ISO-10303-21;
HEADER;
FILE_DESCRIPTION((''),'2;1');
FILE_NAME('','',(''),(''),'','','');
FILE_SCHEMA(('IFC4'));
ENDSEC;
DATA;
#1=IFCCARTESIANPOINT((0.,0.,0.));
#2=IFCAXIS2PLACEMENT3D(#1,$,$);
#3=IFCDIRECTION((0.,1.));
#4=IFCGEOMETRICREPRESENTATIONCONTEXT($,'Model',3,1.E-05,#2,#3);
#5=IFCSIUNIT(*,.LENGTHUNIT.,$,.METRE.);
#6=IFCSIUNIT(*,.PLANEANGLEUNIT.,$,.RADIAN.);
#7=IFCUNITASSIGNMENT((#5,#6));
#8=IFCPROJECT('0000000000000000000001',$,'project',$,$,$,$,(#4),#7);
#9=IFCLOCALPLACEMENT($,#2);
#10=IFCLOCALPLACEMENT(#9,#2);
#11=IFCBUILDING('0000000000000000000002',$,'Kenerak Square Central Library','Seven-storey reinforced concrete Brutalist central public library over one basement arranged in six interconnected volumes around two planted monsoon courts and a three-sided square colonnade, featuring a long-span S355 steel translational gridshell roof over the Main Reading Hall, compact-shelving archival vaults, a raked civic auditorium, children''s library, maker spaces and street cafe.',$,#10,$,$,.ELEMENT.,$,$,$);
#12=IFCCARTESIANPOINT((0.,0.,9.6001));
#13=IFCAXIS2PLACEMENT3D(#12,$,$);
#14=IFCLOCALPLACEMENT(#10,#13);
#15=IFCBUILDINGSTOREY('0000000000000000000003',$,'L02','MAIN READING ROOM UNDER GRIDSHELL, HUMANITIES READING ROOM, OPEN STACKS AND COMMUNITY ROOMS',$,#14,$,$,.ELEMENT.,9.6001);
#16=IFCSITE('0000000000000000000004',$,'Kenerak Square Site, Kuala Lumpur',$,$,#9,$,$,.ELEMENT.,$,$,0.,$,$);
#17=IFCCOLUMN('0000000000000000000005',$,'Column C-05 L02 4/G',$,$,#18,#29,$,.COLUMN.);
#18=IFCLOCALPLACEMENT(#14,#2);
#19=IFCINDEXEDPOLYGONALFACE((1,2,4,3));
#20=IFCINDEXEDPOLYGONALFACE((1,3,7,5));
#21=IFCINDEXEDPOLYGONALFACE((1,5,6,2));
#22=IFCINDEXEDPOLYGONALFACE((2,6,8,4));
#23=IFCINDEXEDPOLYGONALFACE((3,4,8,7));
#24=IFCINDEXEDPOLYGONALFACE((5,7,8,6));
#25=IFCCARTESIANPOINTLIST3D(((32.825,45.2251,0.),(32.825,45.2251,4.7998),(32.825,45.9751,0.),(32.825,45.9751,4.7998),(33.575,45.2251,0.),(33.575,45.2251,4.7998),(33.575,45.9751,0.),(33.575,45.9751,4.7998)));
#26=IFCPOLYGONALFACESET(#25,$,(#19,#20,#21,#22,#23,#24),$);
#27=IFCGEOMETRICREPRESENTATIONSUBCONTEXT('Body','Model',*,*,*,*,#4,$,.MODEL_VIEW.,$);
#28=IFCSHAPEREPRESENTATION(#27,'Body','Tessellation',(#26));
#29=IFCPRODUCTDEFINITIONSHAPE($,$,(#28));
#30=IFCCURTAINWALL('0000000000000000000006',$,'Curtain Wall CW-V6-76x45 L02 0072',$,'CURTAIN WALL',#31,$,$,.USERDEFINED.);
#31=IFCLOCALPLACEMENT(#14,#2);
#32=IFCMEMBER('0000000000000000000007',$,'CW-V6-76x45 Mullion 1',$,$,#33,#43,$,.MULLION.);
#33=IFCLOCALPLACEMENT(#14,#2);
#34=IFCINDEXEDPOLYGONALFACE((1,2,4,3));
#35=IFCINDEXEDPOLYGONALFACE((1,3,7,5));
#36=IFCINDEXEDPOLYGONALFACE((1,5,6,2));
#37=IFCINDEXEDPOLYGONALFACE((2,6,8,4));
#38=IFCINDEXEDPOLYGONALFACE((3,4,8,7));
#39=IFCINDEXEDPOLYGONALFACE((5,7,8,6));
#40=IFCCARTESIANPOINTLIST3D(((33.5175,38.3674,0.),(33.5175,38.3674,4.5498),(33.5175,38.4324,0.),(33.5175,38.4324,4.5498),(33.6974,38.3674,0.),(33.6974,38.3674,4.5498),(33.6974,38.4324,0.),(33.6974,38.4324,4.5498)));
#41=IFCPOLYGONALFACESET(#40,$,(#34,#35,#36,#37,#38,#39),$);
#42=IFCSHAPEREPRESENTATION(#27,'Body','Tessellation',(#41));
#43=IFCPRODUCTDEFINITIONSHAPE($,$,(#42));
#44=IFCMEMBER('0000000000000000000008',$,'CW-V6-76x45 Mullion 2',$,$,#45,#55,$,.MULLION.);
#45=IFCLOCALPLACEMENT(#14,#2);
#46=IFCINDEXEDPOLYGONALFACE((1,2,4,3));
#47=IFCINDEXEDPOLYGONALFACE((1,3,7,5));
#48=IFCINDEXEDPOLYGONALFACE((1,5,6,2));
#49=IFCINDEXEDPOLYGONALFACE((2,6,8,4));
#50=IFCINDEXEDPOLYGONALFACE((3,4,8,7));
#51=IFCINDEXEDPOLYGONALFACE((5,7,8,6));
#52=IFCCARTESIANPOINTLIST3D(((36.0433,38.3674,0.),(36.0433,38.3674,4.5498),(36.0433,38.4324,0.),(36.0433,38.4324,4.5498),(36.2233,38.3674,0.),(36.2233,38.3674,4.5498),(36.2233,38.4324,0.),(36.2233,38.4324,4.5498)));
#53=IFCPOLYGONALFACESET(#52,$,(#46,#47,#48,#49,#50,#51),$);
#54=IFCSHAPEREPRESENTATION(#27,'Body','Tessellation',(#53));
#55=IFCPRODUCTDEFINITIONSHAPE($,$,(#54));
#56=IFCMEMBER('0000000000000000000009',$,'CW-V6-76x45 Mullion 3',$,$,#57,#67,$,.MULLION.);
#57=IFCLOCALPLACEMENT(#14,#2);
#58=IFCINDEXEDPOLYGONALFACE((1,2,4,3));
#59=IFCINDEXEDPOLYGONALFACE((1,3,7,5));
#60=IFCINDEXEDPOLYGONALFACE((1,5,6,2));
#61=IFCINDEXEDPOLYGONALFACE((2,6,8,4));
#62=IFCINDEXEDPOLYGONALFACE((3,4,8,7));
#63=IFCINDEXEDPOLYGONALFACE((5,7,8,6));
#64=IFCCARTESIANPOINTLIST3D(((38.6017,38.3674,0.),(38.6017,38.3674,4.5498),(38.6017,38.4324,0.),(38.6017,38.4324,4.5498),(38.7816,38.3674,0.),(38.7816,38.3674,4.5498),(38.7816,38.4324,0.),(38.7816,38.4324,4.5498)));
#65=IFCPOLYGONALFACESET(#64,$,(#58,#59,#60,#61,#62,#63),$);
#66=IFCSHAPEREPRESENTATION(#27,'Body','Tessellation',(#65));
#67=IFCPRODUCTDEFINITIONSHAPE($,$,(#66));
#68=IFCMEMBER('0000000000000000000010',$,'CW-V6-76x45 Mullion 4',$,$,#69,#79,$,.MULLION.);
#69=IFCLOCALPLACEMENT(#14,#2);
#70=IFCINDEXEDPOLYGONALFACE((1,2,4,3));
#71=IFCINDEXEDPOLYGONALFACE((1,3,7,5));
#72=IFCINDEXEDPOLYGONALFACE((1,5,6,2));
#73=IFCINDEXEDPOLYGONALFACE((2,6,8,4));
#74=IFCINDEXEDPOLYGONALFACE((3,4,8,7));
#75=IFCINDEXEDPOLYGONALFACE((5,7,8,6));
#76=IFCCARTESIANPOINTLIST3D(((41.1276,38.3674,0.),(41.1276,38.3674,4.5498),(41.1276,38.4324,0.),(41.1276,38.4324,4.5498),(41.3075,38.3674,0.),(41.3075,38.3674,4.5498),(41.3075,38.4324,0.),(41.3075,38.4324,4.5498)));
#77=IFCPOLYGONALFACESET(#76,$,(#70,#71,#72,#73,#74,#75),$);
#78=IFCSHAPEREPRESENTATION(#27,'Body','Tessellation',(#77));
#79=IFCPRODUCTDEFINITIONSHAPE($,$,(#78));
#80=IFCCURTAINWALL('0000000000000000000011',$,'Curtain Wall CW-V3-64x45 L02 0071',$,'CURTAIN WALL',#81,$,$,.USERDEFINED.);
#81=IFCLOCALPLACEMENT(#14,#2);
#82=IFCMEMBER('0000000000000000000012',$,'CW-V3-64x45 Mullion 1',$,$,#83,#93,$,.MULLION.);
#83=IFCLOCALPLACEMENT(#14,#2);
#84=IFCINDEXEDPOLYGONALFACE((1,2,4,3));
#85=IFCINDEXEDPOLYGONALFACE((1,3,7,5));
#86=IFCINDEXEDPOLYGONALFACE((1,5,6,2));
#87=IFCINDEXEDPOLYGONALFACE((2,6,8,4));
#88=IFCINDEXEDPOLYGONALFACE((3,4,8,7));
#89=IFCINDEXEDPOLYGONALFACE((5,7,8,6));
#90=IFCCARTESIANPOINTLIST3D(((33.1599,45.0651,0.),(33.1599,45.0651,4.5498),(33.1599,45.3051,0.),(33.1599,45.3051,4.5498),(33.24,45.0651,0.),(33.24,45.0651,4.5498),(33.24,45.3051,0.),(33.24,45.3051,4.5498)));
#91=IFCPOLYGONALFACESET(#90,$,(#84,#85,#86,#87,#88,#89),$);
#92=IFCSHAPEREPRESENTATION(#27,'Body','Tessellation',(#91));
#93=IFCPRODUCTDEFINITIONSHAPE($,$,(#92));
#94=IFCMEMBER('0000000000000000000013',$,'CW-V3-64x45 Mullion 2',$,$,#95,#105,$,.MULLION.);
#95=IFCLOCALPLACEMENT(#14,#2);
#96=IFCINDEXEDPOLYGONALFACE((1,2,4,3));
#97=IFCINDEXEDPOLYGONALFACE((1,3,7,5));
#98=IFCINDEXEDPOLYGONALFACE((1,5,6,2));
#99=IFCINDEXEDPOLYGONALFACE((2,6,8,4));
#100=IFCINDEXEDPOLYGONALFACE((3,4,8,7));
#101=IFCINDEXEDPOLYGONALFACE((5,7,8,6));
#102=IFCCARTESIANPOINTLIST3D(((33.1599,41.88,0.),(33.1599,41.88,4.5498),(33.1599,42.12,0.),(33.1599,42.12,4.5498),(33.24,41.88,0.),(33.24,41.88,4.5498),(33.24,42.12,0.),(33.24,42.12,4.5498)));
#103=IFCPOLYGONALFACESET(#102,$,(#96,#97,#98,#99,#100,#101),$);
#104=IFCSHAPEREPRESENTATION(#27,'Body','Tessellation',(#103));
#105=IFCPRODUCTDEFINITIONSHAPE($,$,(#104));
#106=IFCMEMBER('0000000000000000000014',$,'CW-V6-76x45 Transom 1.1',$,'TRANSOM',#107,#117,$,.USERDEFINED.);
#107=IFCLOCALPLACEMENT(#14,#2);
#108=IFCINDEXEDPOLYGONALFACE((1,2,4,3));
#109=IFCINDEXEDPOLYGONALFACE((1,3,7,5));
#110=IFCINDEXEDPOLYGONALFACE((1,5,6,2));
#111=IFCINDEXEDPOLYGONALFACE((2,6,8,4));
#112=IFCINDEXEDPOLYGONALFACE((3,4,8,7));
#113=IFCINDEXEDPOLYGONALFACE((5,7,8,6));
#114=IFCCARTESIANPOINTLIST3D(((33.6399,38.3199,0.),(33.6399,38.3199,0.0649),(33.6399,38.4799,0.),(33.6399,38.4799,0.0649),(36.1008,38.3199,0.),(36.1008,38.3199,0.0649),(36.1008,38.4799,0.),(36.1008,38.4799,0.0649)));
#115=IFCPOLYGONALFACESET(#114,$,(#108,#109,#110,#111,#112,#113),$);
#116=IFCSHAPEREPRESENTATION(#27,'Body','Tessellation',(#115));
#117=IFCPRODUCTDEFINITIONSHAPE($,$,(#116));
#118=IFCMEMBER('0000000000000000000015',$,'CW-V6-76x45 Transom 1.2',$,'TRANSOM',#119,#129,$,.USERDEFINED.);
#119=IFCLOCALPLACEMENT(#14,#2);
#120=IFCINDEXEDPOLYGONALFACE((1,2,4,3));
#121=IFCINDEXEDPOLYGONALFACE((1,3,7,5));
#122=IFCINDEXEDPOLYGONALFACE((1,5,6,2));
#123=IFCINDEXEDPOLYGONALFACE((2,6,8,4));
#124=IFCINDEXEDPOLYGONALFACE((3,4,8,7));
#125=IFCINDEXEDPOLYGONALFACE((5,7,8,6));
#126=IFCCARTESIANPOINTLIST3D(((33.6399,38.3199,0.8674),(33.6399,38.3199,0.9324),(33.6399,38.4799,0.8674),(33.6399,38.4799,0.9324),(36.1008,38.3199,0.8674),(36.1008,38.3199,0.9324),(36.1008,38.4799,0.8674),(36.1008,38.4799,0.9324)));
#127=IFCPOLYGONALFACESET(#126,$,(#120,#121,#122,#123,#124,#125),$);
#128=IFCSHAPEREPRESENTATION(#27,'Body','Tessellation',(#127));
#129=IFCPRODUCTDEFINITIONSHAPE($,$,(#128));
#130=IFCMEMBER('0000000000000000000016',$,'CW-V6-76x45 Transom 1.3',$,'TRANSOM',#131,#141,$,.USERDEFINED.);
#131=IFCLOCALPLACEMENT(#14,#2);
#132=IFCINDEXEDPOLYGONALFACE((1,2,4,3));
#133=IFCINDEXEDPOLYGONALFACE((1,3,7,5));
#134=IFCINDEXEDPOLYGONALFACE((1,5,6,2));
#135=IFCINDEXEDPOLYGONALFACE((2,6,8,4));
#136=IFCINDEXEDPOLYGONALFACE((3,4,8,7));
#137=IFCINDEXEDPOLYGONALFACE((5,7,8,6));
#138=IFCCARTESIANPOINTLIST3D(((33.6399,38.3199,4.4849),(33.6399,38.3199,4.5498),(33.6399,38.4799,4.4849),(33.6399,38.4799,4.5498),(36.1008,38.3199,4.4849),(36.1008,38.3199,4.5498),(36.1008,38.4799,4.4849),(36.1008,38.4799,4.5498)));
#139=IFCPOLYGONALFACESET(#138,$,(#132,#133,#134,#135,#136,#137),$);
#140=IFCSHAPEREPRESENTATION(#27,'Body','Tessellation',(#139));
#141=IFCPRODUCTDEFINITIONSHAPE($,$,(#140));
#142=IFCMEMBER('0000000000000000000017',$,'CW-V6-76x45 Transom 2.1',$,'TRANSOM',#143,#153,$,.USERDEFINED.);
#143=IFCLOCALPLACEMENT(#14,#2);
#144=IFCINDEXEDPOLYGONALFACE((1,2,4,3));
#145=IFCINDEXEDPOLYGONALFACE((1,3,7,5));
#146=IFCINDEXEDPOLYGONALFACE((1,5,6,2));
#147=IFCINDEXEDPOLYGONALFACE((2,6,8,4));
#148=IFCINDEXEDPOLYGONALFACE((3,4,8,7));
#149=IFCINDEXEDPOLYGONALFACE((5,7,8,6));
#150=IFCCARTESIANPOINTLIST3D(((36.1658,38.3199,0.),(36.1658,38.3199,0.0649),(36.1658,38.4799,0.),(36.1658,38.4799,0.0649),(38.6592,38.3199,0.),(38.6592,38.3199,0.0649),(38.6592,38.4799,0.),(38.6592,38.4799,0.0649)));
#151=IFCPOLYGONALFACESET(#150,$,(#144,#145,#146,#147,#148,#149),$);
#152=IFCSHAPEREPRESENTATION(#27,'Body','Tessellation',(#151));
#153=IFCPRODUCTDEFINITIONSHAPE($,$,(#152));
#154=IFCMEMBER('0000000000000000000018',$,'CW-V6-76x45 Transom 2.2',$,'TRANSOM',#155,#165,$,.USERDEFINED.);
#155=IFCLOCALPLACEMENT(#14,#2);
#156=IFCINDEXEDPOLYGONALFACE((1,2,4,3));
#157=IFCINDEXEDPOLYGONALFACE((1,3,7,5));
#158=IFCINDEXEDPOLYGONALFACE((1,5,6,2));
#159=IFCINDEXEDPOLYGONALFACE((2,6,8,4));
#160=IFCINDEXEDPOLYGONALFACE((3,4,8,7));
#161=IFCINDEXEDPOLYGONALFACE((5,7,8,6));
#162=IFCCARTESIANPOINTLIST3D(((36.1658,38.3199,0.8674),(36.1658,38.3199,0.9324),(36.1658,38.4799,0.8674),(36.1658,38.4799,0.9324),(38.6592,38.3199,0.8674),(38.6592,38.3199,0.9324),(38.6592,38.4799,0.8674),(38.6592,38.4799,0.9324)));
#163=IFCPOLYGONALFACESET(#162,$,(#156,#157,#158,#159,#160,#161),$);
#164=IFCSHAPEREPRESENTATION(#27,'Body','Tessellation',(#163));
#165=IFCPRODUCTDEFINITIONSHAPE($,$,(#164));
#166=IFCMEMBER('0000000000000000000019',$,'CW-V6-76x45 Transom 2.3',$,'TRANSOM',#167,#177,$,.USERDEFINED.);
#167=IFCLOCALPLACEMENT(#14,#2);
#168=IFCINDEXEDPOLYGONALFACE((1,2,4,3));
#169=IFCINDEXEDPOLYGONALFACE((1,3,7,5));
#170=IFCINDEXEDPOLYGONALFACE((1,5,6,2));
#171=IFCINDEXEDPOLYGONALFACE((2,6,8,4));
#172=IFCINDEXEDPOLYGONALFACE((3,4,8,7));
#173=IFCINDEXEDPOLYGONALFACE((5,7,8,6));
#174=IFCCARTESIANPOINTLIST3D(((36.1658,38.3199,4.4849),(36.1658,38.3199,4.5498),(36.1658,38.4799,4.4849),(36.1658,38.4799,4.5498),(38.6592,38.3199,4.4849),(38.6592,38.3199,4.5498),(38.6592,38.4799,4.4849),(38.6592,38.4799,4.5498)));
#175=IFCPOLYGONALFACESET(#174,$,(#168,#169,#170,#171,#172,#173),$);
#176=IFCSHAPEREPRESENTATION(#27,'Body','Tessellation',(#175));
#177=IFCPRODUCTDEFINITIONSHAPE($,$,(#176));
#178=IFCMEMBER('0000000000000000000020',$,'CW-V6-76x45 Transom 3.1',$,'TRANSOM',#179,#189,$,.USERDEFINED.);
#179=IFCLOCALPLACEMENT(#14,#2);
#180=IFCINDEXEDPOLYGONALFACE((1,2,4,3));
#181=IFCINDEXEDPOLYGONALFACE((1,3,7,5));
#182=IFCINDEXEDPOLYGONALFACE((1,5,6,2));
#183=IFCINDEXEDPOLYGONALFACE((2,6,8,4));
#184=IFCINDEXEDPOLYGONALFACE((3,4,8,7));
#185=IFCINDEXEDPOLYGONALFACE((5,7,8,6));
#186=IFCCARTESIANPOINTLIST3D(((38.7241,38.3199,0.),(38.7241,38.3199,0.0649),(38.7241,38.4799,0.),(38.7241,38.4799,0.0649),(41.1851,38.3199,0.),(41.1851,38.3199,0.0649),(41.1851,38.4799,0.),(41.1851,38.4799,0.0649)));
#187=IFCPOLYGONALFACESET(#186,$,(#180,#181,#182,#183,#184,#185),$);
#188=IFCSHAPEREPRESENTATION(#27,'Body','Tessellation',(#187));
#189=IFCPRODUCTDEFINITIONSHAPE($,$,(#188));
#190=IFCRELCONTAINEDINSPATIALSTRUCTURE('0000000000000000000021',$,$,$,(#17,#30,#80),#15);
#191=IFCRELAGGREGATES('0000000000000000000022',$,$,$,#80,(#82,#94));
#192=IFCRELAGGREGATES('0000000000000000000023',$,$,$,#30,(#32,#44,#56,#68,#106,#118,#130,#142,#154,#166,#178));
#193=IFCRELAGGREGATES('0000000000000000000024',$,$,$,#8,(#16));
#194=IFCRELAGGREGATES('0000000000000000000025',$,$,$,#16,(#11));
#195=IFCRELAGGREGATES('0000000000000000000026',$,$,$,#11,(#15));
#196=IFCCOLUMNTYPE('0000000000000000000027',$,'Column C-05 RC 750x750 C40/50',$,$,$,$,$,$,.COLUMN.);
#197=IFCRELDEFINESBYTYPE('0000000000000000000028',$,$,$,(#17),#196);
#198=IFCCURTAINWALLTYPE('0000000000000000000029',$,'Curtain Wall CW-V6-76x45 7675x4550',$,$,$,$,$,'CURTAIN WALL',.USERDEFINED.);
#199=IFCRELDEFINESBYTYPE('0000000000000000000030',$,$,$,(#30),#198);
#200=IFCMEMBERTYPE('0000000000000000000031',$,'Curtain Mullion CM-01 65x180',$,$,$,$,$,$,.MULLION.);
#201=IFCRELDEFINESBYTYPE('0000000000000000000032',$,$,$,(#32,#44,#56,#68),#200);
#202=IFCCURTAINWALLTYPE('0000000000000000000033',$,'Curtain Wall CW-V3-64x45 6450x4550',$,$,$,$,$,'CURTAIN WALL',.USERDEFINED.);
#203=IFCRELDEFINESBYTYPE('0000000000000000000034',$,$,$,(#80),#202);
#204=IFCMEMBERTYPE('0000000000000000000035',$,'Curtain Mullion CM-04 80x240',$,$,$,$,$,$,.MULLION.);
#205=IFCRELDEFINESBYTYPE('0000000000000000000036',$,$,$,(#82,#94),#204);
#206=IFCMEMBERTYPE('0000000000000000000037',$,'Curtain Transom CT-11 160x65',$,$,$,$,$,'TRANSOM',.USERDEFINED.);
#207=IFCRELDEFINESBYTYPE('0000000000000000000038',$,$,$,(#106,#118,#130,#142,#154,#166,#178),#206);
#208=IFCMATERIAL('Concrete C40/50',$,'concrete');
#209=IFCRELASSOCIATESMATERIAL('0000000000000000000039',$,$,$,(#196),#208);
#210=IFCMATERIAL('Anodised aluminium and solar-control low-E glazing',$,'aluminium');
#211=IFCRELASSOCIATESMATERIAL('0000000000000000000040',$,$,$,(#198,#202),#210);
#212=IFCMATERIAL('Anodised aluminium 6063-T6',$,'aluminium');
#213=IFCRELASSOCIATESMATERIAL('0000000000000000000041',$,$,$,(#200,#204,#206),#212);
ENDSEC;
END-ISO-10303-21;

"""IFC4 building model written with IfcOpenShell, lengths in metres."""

from ifc_helpers import new_model, si_unit, direction, frame, origin, origin_2d, place, context, subcontext, project, spatial, rectangle, extrude, material, material_profile, profile_set, type_object, element, aggregate, save


model = new_model("IFC4")

# Units and contexts
model_context = context("Model", 3, precision=1e-05, world=origin(), true_north=direction((0.0, 1.0)))
body_context = subcontext(model_context, "Body", "Model", "MODEL_VIEW")
ifc_project = project(units=[si_unit("LENGTHUNIT", "METRE"), si_unit("PLANEANGLEUNIT", "RADIAN")], contexts=[model_context])

# Site, building, storey
site_placement = place(None, origin())
site = spatial("IfcSite", under=ifc_project, at=site_placement, Name="Kenerak Square Site, Kuala Lumpur", CompositionType="ELEMENT", RefElevation=0.0)
building_placement = place(site_placement, origin())
building = spatial("IfcBuilding", under=site, at=building_placement, Name="Kenerak Square Central Library", Description="Seven-storey reinforced concrete Brutalist central public library over one basement arranged in six interconnected volumes around two planted monsoon courts and a three-sided square colonnade, featuring a long-span S355 steel translational gridshell roof over the Main Reading Hall, compact-shelving archival vaults, a raked civic auditorium, children's library, maker spaces and street cafe.", CompositionType="ELEMENT")
storey_placement = place(building_placement, frame((0.0, 0.0, 9.6001)))
storey = spatial("IfcBuildingStorey", under=building, at=storey_placement, Name="L02", Description="MAIN READING ROOM UNDER GRIDSHELL, HUMANITIES READING ROOM, OPEN STACKS AND COMMUNITY ROOMS", CompositionType="ELEMENT", Elevation=9.6001)

# Column
ifc_material_1 = material(Name="Concrete C40/50", Category="concrete")
ifc_material_profile_1 = material_profile(ifc_material_1, rectangle(XDim=0.75, YDim=0.75, at=origin_2d()), Name="RC 750x750")
ifc_profile_set_1 = profile_set([ifc_material_profile_1], Name="Concrete C40/50")
column_type = type_object("IfcColumnType", Name="Column C-05 RC 750x750 C40/50", PredefinedType="COLUMN", material=ifc_profile_set_1)
column_placement = place(storey_placement, frame((33.2, 45.6001, 0.0), z_axis=(0.0, 0.0, 1.0), x_axis=(1.0, 0.0, 0.0)))
element("IfcColumn", 1, at=column_placement, inside=storey, type_object=column_type, Name="Column C-05 L02 4/G", PredefinedType="COLUMN", context=body_context, shape_type="SweptSolid", body=[
    extrude(rectangle(XDim=0.75, YDim=0.75, at=origin_2d()), origin(), (0.0, 0.0, 1.0), 4.7998),
])

# Curtain walls, members
ifc_material_2 = material(Name="Anodised aluminium and solar-control low-E glazing", Category="aluminium")
curtain_wall_type_1 = type_object("IfcCurtainWallType", Name="Curtain Wall CW-V6-76x45 7675x4550", ElementType="CURTAIN WALL", PredefinedType="USERDEFINED", material=ifc_material_2)
curtain_wall_1_placement = place(storey_placement, origin())
curtain_wall_1 = element("IfcCurtainWall", 2, at=curtain_wall_1_placement, inside=storey, type_object=curtain_wall_type_1, Name="Curtain Wall CW-V6-76x45 L02 0072", ObjectType="CURTAIN WALL", PredefinedType="USERDEFINED")
ifc_material_3 = material(Name="Anodised aluminium 6063-T6", Category="aluminium")
ifc_material_profile_2 = material_profile(ifc_material_3, rectangle(XDim=0.0649, YDim=0.1799, at=origin_2d()), Name="AL MULLION 65x180")
ifc_profile_set_2 = profile_set([ifc_material_profile_2], Name="Anodised aluminium 6063-T6")
member_type_1 = type_object("IfcMemberType", Name="Curtain Mullion CM-01 65x180", PredefinedType="MULLION", material=ifc_profile_set_2)
member_1_placement = place(storey_placement, frame((33.6074, 38.3999, 0.0), z_axis=(0.0, 0.0, 1.0), x_axis=(0.0, 1.0, 0.0)))
member_1 = element("IfcMember", 3, at=member_1_placement, type_object=member_type_1, Name="CW-V6-76x45 Mullion 1", PredefinedType="MULLION", context=body_context, shape_type="SweptSolid", body=[
    extrude(rectangle(XDim=0.0649, YDim=0.1799, at=origin_2d()), origin(), (0.0, 0.0, 1.0), 4.5498),
])
member_2_placement = place(storey_placement, frame((36.1333, 38.3999, 0.0), z_axis=(0.0, 0.0, 1.0), x_axis=(0.0, 1.0, 0.0)))
member_2 = element("IfcMember", 4, at=member_2_placement, type_object=member_type_1, Name="CW-V6-76x45 Mullion 2", PredefinedType="MULLION", context=body_context, shape_type="SweptSolid", body=[
    extrude(rectangle(XDim=0.0649, YDim=0.1799, at=origin_2d()), origin(), (0.0, 0.0, 1.0), 4.5498),
])
member_3_placement = place(storey_placement, frame((38.6917, 38.3999, 0.0), z_axis=(0.0, 0.0, 1.0), x_axis=(0.0, 1.0, 0.0)))
member_3 = element("IfcMember", 5, at=member_3_placement, type_object=member_type_1, Name="CW-V6-76x45 Mullion 3", PredefinedType="MULLION", context=body_context, shape_type="SweptSolid", body=[
    extrude(rectangle(XDim=0.0649, YDim=0.1799, at=origin_2d()), origin(), (0.0, 0.0, 1.0), 4.5498),
])
member_4_placement = place(storey_placement, frame((41.2175, 38.3999, 0.0), z_axis=(0.0, 0.0, 1.0), x_axis=(0.0, 1.0, 0.0)))
member_4 = element("IfcMember", 6, at=member_4_placement, type_object=member_type_1, Name="CW-V6-76x45 Mullion 4", PredefinedType="MULLION", context=body_context, shape_type="SweptSolid", body=[
    extrude(rectangle(XDim=0.0649, YDim=0.1799, at=origin_2d()), origin(), (0.0, 0.0, 1.0), 4.5498),
])
curtain_wall_type_2 = type_object("IfcCurtainWallType", Name="Curtain Wall CW-V3-64x45 6450x4550", ElementType="CURTAIN WALL", PredefinedType="USERDEFINED", material=ifc_material_2)
curtain_wall_2_placement = place(storey_placement, origin())
curtain_wall_2 = element("IfcCurtainWall", 7, at=curtain_wall_2_placement, inside=storey, type_object=curtain_wall_type_2, Name="Curtain Wall CW-V3-64x45 L02 0071", ObjectType="CURTAIN WALL", PredefinedType="USERDEFINED")
ifc_material_profile_3 = material_profile(ifc_material_3, rectangle(XDim=0.0801, YDim=0.24, at=origin_2d()), Name="AL MULLION 80x240")
ifc_profile_set_3 = profile_set([ifc_material_profile_3], Name="Anodised aluminium 6063-T6")
member_type_2 = type_object("IfcMemberType", Name="Curtain Mullion CM-04 80x240", PredefinedType="MULLION", material=ifc_profile_set_3)
member_5_placement = place(storey_placement, frame((33.2, 45.1851, 0.0), z_axis=(0.0, 0.0, 1.0), x_axis=(1.0, 0.0, 0.0)))
member_5 = element("IfcMember", 8, at=member_5_placement, type_object=member_type_2, Name="CW-V3-64x45 Mullion 1", PredefinedType="MULLION", context=body_context, shape_type="SweptSolid", body=[
    extrude(rectangle(XDim=0.0801, YDim=0.24, at=origin_2d()), origin(), (0.0, 0.0, 1.0), 4.5498),
])
member_6_placement = place(storey_placement, frame((33.2, 42.0, 0.0), z_axis=(0.0, 0.0, 1.0), x_axis=(1.0, 0.0, 0.0)))
member_6 = element("IfcMember", 9, at=member_6_placement, type_object=member_type_2, Name="CW-V3-64x45 Mullion 2", PredefinedType="MULLION", context=body_context, shape_type="SweptSolid", body=[
    extrude(rectangle(XDim=0.0801, YDim=0.24, at=origin_2d()), origin(), (0.0, 0.0, 1.0), 4.5498),
])

# Members
ifc_material_profile_4 = material_profile(ifc_material_3, rectangle(XDim=0.1599, YDim=0.0649, at=origin_2d()), Name="AL TRANSOM 160x65")
ifc_profile_set_4 = profile_set([ifc_material_profile_4], Name="Anodised aluminium 6063-T6")
member_type_3 = type_object("IfcMemberType", Name="Curtain Transom CT-11 160x65", ElementType="TRANSOM", PredefinedType="USERDEFINED", material=ifc_profile_set_4)
member_7_placement = place(storey_placement, frame((33.6399, 38.3999, 0.0325), z_axis=(1.0, 0.0, 0.0), x_axis=(0.0, 1.0, 0.0)))
member_7 = element("IfcMember", 10, at=member_7_placement, type_object=member_type_3, Name="CW-V6-76x45 Transom 1.1", ObjectType="TRANSOM", PredefinedType="USERDEFINED", context=body_context, shape_type="SweptSolid", body=[
    extrude(rectangle(XDim=0.1599, YDim=0.0649, at=origin_2d()), origin(), (0.0, 0.0, 1.0), 2.4609),
])
member_8_placement = place(storey_placement, frame((33.6399, 38.3999, 0.8999), z_axis=(1.0, 0.0, 0.0), x_axis=(0.0, 1.0, 0.0)))
member_8 = element("IfcMember", 11, at=member_8_placement, type_object=member_type_3, Name="CW-V6-76x45 Transom 1.2", ObjectType="TRANSOM", PredefinedType="USERDEFINED", context=body_context, shape_type="SweptSolid", body=[
    extrude(rectangle(XDim=0.1599, YDim=0.0649, at=origin_2d()), origin(), (0.0, 0.0, 1.0), 2.4609),
])
member_9_placement = place(storey_placement, frame((33.6399, 38.3999, 4.5173), z_axis=(1.0, 0.0, 0.0), x_axis=(0.0, 1.0, 0.0)))
member_9 = element("IfcMember", 12, at=member_9_placement, type_object=member_type_3, Name="CW-V6-76x45 Transom 1.3", ObjectType="TRANSOM", PredefinedType="USERDEFINED", context=body_context, shape_type="SweptSolid", body=[
    extrude(rectangle(XDim=0.1599, YDim=0.0649, at=origin_2d()), origin(), (0.0, 0.0, 1.0), 2.4609),
])
member_10_placement = place(storey_placement, frame((36.1658, 38.3999, 0.0325), z_axis=(1.0, 0.0, 0.0), x_axis=(0.0, 1.0, 0.0)))
member_10 = element("IfcMember", 13, at=member_10_placement, type_object=member_type_3, Name="CW-V6-76x45 Transom 2.1", ObjectType="TRANSOM", PredefinedType="USERDEFINED", context=body_context, shape_type="SweptSolid", body=[
    extrude(rectangle(XDim=0.1599, YDim=0.0649, at=origin_2d()), origin(), (0.0, 0.0, 1.0), 2.4934),
])
member_11_placement = place(storey_placement, frame((36.1658, 38.3999, 0.8999), z_axis=(1.0, 0.0, 0.0), x_axis=(0.0, 1.0, 0.0)))
member_11 = element("IfcMember", 14, at=member_11_placement, type_object=member_type_3, Name="CW-V6-76x45 Transom 2.2", ObjectType="TRANSOM", PredefinedType="USERDEFINED", context=body_context, shape_type="SweptSolid", body=[
    extrude(rectangle(XDim=0.1599, YDim=0.0649, at=origin_2d()), origin(), (0.0, 0.0, 1.0), 2.4934),
])
member_12_placement = place(storey_placement, frame((36.1658, 38.3999, 4.5173), z_axis=(1.0, 0.0, 0.0), x_axis=(0.0, 1.0, 0.0)))
member_12 = element("IfcMember", 15, at=member_12_placement, type_object=member_type_3, Name="CW-V6-76x45 Transom 2.3", ObjectType="TRANSOM", PredefinedType="USERDEFINED", context=body_context, shape_type="SweptSolid", body=[
    extrude(rectangle(XDim=0.1599, YDim=0.0649, at=origin_2d()), origin(), (0.0, 0.0, 1.0), 2.4934),
])
member_13_placement = place(storey_placement, frame((38.7241, 38.3999, 0.0325), z_axis=(1.0, 0.0, 0.0), x_axis=(0.0, 1.0, 0.0)))
member_13 = element("IfcMember", 16, at=member_13_placement, type_object=member_type_3, Name="CW-V6-76x45 Transom 3.1", ObjectType="TRANSOM", PredefinedType="USERDEFINED", context=body_context, shape_type="SweptSolid", body=[
    extrude(rectangle(XDim=0.1599, YDim=0.0649, at=origin_2d()), origin(), (0.0, 0.0, 1.0), 2.4609),
])

aggregate(curtain_wall_2, [member_5, member_6])
aggregate(curtain_wall_1, [member_1, member_2, member_3, member_4, member_7, member_8, member_9, member_10, member_11, member_12, member_13])

save(model, "model.ifc")
